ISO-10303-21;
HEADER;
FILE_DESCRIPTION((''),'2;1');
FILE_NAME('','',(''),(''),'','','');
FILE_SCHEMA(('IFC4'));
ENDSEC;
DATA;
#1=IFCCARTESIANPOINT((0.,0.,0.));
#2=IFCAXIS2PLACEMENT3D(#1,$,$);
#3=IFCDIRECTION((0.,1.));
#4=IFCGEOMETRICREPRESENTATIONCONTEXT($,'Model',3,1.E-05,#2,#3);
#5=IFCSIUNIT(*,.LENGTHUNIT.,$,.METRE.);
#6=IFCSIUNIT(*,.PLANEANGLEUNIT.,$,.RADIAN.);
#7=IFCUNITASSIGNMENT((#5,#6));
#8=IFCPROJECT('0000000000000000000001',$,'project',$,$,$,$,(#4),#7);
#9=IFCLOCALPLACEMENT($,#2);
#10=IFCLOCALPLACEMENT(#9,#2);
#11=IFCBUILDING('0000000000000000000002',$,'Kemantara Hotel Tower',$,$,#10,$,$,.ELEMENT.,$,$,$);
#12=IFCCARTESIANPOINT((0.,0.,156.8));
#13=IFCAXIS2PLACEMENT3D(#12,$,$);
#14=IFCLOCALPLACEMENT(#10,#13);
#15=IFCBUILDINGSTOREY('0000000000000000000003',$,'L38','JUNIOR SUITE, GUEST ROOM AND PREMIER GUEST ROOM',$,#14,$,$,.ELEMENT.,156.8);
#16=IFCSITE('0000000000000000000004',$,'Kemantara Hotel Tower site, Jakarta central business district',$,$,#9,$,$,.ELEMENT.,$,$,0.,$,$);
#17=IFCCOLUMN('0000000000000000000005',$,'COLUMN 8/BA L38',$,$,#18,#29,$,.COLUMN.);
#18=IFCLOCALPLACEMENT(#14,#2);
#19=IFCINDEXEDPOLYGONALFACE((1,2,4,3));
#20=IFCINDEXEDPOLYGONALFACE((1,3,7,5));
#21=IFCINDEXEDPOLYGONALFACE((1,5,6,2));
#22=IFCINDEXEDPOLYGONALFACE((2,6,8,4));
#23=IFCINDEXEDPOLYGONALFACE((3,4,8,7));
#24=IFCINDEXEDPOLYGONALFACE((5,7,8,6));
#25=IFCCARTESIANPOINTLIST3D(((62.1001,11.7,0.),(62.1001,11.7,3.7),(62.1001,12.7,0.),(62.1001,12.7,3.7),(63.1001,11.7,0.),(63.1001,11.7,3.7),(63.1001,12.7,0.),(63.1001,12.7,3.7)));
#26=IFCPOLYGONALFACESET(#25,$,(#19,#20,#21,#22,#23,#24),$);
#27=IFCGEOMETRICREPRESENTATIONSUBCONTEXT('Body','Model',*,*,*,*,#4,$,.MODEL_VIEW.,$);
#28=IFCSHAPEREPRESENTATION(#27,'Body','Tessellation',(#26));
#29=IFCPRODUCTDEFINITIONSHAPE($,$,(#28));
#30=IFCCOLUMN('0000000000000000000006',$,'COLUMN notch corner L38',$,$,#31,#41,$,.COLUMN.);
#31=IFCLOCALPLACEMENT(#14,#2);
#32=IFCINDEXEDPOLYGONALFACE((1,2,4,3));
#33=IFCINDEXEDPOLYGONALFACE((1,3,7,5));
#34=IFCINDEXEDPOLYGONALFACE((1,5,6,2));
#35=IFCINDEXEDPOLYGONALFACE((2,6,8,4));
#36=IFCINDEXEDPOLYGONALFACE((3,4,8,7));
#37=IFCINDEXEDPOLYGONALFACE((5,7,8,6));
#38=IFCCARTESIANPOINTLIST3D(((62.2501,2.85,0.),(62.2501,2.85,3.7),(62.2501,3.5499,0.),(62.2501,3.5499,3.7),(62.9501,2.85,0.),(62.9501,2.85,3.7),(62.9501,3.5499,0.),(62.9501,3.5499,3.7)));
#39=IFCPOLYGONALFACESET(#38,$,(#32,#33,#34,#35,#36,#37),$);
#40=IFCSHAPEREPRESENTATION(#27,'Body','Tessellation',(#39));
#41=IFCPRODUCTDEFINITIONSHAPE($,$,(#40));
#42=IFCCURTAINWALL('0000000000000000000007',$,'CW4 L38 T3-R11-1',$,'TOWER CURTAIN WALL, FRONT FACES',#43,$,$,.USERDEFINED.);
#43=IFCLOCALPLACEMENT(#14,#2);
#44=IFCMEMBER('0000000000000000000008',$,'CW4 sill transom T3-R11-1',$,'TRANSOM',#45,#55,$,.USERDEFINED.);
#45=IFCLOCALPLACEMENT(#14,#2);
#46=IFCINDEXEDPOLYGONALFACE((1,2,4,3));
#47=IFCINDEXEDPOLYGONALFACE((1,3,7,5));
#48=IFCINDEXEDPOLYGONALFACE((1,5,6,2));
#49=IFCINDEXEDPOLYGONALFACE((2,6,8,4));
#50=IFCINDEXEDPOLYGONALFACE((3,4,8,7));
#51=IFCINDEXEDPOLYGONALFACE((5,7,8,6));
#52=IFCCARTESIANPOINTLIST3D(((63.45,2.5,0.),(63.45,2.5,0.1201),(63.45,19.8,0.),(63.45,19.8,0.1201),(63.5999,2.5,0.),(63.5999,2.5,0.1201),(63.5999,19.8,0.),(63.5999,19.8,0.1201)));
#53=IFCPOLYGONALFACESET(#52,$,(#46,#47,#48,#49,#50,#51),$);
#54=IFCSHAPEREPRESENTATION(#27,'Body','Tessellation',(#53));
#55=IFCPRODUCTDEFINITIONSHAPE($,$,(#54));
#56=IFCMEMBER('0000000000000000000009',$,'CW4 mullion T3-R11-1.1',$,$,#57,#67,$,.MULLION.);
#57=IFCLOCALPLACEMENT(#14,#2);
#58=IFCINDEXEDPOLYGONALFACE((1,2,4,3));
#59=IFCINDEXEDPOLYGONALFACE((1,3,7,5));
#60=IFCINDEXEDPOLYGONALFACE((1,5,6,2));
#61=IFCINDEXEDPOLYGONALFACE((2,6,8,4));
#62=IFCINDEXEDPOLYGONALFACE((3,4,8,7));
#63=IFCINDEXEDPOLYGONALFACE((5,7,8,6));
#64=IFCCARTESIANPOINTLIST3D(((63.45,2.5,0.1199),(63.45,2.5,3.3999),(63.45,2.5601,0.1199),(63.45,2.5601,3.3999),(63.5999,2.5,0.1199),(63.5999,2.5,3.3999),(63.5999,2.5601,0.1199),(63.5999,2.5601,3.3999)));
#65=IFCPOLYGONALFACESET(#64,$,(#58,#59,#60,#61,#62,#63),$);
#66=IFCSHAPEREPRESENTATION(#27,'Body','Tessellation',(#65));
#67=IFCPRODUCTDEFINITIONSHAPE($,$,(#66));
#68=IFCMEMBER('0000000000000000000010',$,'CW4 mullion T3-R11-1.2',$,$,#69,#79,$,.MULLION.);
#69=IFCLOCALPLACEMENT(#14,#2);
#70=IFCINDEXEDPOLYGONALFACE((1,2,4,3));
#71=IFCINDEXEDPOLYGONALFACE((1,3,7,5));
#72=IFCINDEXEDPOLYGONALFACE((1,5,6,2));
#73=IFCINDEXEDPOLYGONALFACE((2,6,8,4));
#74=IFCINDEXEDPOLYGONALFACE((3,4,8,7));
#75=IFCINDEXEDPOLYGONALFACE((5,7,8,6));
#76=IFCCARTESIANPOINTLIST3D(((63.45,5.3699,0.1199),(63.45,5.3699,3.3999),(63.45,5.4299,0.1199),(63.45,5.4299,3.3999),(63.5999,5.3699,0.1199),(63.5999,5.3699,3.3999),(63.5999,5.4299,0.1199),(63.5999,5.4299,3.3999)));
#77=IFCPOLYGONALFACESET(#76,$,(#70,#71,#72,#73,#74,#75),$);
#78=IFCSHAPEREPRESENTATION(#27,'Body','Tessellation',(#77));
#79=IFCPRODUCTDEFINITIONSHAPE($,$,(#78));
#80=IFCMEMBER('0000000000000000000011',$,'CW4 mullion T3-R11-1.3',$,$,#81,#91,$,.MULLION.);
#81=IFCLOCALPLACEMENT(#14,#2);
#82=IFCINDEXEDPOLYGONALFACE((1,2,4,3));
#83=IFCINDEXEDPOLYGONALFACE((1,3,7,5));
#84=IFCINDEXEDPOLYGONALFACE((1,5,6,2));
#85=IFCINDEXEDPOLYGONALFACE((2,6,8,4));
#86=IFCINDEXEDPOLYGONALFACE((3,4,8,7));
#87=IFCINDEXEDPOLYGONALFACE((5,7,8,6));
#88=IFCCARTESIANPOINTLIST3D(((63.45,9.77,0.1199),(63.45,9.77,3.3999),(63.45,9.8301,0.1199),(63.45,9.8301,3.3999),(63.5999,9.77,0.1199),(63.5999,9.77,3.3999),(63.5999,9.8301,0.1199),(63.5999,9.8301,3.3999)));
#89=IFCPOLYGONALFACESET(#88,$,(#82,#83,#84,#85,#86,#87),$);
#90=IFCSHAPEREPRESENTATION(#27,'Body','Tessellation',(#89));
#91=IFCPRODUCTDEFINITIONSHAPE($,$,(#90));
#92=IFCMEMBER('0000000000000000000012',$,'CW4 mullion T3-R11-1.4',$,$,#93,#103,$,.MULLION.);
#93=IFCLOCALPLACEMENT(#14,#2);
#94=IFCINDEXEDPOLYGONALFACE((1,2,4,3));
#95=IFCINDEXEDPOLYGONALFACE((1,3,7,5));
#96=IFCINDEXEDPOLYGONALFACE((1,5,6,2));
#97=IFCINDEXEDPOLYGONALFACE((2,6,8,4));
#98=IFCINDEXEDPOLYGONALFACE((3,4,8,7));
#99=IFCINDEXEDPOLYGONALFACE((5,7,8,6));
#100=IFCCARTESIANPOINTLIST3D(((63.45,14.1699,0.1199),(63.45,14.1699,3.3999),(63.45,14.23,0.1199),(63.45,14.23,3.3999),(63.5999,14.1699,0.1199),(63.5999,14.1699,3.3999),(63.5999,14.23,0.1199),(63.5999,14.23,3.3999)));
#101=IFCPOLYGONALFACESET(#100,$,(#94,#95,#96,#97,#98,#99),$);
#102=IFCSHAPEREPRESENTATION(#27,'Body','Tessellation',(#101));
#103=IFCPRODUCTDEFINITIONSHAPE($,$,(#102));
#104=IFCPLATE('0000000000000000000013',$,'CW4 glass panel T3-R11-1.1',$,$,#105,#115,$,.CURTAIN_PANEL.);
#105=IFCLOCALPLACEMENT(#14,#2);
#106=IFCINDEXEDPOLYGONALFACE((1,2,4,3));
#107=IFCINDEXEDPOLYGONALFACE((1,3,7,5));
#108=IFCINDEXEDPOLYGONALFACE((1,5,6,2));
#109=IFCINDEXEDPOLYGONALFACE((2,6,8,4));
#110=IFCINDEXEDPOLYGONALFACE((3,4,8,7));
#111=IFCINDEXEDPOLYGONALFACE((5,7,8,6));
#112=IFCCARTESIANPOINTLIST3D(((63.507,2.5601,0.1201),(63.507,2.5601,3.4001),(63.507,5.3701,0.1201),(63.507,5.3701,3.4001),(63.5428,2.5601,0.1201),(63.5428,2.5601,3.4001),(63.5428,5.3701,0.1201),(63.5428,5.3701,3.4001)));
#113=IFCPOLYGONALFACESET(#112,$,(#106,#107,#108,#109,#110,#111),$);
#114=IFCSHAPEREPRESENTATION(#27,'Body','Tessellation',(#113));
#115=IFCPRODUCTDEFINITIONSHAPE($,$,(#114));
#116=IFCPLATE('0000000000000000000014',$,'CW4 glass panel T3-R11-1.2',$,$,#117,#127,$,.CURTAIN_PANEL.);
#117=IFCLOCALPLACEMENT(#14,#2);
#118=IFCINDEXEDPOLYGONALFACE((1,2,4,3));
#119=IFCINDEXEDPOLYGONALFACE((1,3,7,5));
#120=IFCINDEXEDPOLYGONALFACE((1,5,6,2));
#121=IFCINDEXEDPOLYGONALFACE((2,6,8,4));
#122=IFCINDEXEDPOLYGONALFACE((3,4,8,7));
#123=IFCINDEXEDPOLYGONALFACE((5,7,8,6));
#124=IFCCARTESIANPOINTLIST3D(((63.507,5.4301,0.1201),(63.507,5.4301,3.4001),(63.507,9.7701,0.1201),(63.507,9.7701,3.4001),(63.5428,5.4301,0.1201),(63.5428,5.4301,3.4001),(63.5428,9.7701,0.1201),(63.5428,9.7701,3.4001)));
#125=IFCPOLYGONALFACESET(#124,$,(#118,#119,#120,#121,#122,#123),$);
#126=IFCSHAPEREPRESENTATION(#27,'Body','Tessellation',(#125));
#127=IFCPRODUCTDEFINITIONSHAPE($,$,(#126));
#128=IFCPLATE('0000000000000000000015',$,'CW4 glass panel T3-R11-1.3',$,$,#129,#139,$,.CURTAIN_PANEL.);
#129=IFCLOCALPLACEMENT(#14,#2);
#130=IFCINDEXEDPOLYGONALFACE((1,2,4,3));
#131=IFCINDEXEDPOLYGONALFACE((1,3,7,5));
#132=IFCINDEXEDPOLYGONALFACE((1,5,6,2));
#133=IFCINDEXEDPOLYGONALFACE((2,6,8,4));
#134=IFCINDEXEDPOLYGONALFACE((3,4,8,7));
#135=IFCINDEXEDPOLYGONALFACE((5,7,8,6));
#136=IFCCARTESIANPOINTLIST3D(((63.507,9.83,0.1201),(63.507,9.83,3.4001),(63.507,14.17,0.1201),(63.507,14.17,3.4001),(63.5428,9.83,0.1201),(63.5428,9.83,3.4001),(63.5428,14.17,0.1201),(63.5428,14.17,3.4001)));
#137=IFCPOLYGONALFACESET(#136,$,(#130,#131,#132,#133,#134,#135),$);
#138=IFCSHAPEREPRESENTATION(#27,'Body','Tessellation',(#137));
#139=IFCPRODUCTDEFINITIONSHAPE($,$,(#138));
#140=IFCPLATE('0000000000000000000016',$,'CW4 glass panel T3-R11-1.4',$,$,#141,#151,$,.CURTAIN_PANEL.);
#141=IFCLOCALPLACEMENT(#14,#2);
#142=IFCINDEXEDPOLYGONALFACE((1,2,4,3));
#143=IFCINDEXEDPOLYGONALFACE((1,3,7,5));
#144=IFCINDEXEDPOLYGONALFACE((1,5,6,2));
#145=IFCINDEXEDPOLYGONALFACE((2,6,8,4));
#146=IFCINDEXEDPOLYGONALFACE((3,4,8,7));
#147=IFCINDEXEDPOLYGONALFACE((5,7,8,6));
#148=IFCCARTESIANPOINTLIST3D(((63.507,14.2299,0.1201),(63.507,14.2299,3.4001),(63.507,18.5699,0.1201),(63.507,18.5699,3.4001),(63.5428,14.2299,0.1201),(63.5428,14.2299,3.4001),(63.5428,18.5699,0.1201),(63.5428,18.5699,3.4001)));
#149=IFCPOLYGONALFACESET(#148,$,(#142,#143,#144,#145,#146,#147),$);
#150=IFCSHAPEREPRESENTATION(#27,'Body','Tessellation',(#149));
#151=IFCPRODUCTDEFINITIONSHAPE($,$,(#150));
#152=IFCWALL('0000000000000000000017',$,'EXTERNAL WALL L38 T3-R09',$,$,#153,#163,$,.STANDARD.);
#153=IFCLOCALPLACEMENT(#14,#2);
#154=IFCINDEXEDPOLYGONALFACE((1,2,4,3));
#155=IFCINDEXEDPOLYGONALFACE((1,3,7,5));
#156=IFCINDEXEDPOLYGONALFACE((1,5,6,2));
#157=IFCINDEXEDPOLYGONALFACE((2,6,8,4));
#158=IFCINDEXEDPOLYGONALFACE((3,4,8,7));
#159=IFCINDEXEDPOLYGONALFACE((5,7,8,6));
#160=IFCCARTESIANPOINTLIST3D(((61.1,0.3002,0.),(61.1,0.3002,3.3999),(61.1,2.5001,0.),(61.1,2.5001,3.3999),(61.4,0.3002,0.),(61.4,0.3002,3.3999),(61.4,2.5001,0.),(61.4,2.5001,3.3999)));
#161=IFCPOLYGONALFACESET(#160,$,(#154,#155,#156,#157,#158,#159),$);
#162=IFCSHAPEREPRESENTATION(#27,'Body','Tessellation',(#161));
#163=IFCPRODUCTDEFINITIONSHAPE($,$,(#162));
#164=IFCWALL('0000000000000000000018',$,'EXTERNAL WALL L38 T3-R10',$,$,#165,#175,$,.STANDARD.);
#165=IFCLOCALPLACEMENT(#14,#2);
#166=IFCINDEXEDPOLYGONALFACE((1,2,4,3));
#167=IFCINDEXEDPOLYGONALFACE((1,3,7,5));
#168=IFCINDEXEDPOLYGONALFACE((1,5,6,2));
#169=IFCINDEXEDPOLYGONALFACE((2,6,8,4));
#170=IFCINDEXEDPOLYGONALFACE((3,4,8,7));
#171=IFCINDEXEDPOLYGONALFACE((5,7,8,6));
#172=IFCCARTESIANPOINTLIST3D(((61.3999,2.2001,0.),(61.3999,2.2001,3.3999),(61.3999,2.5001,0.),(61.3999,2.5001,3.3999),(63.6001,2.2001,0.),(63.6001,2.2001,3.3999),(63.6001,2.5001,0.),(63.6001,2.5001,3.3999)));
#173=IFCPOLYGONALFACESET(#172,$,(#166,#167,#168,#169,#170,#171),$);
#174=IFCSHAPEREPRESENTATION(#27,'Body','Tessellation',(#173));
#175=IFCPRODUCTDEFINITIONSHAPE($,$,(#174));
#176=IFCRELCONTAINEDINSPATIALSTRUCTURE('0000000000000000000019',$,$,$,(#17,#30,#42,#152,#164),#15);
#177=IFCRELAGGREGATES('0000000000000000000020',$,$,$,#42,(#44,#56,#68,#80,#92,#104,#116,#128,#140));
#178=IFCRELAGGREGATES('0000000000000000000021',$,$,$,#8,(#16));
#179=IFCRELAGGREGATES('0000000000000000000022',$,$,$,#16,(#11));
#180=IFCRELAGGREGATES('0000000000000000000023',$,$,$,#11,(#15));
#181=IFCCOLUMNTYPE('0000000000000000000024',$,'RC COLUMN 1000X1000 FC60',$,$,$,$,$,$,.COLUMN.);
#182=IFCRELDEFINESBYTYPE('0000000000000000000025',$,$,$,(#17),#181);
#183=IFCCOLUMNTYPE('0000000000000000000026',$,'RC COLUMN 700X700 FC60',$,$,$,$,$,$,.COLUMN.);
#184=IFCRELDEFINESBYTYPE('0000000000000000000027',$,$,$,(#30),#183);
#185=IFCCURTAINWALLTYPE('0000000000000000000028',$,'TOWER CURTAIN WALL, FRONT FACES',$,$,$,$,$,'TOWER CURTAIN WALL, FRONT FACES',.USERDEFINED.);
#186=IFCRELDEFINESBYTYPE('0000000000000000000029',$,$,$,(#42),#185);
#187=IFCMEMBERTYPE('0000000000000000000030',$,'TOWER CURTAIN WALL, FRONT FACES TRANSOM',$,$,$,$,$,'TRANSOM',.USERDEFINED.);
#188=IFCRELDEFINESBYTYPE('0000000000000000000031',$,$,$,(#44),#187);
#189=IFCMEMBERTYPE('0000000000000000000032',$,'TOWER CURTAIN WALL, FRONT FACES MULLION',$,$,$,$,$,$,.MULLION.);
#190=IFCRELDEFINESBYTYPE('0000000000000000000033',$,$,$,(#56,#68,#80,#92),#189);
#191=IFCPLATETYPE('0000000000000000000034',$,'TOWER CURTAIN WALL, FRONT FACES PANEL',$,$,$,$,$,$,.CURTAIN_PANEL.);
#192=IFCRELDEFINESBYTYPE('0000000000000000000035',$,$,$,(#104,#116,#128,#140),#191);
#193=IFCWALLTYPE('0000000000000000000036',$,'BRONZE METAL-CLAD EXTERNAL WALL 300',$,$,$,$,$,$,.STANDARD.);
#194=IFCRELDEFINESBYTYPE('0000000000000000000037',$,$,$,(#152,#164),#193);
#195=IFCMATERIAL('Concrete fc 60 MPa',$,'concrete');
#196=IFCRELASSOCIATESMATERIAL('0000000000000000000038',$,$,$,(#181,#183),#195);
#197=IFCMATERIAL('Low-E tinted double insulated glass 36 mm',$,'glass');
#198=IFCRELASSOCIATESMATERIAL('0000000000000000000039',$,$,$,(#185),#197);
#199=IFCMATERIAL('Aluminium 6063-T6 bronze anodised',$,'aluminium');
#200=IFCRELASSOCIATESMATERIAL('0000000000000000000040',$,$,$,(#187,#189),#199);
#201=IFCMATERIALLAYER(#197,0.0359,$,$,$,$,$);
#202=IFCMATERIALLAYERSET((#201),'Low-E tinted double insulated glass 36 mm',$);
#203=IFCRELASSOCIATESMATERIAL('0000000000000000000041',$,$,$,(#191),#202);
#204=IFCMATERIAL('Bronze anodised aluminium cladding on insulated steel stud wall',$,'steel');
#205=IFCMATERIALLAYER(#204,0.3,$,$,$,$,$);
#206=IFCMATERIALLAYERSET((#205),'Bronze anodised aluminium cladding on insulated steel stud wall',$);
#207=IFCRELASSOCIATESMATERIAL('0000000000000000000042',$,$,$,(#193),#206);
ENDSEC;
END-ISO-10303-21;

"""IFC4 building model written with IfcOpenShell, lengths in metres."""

from ifc_helpers import new_model, si_unit, direction, frame, frame_2d, origin, origin_2d, place, context, subcontext, project, spatial, rectangle, extrude, source, transform, mapped, material, layer, layer_set, material_profile, profile_set, type_object, element, aggregate, save


model = new_model("IFC4")

# Units and contexts
model_context = context("Model", 3, precision=1e-05, world=origin(), true_north=direction((0.0, 1.0)))
body_context = subcontext(model_context, "Body", "Model", "MODEL_VIEW")
ifc_project = project(units=[si_unit("LENGTHUNIT", "METRE"), si_unit("PLANEANGLEUNIT", "RADIAN")], contexts=[model_context])

# Site, building, storey
site_placement = place(None, origin())
site = spatial("IfcSite", under=ifc_project, at=site_placement, Name="Kemantara Hotel Tower site, Jakarta central business district", CompositionType="ELEMENT", RefElevation=0.0)
building_placement = place(site_placement, origin())
building = spatial("IfcBuilding", under=site, at=building_placement, Name="Kemantara Hotel Tower", CompositionType="ELEMENT")
storey_placement = place(building_placement, frame((0.0, 0.0, 156.8)))
storey = spatial("IfcBuildingStorey", under=building, at=storey_placement, Name="L38", Description="JUNIOR SUITE, GUEST ROOM AND PREMIER GUEST ROOM", CompositionType="ELEMENT", Elevation=156.8)

# Columns
ifc_material_1 = material(Name="Concrete fc 60 MPa", Category="concrete")
ifc_material_profile_1 = material_profile(ifc_material_1, rectangle(XDim=1.0, YDim=1.0, at=origin_2d()), Name="RC 1000X1000")
ifc_profile_set_1 = profile_set([ifc_material_profile_1], Name="Concrete fc 60 MPa")
column_type_1 = type_object("IfcColumnType", Name="RC COLUMN 1000X1000 FC60", PredefinedType="COLUMN", material=ifc_profile_set_1)
column_1_placement = place(storey_placement, frame((62.6001, 12.2, 0.0), z_axis=(0.0, 0.0, 1.0), x_axis=(1.0, 0.0, 0.0)))
element("IfcColumn", 1, at=column_1_placement, inside=storey, type_object=column_type_1, Name="COLUMN 8/BA L38", PredefinedType="COLUMN", context=body_context, shape_type="SweptSolid", body=[
    extrude(rectangle(XDim=1.0, YDim=1.0, at=origin_2d()), origin(), (0.0, 0.0, 1.0), 3.7),
])
ifc_material_profile_2 = material_profile(ifc_material_1, rectangle(XDim=0.7, YDim=0.7, at=origin_2d()), Name="RC 700X700")
ifc_profile_set_2 = profile_set([ifc_material_profile_2], Name="Concrete fc 60 MPa")
column_type_2 = type_object("IfcColumnType", Name="RC COLUMN 700X700 FC60", PredefinedType="COLUMN", material=ifc_profile_set_2)
column_2_placement = place(storey_placement, frame((62.6001, 3.2, 0.0), z_axis=(0.0, 0.0, 1.0), x_axis=(1.0, 0.0, 0.0)))
element("IfcColumn", 2, at=column_2_placement, inside=storey, type_object=column_type_2, Name="COLUMN notch corner L38", PredefinedType="COLUMN", context=body_context, shape_type="SweptSolid", body=[
    extrude(rectangle(XDim=0.7, YDim=0.7, at=origin_2d()), origin(), (0.0, 0.0, 1.0), 3.7),
])

# Curtain wall, members, plates
ifc_material_2 = material(Name="Low-E tinted double insulated glass 36 mm", Category="glass")
curtain_wall_type = type_object("IfcCurtainWallType", Name="TOWER CURTAIN WALL, FRONT FACES", ElementType="TOWER CURTAIN WALL, FRONT FACES", PredefinedType="USERDEFINED", material=ifc_material_2)
curtain_wall_placement = place(storey_placement, origin())
curtain_wall = element("IfcCurtainWall", 3, at=curtain_wall_placement, inside=storey, type_object=curtain_wall_type, Name="CW4 L38 T3-R11-1", ObjectType="TOWER CURTAIN WALL, FRONT FACES", PredefinedType="USERDEFINED")
ifc_material_3 = material(Name="Aluminium 6063-T6 bronze anodised", Category="aluminium")
ifc_material_profile_3 = material_profile(ifc_material_3, rectangle(XDim=0.1499, YDim=0.1201, at=origin_2d()), Name="TOWER CURTAIN WALL, FRONT FACES TRANSOM")
ifc_profile_set_3 = profile_set([ifc_material_profile_3], Name="Aluminium 6063-T6 bronze anodised")
member_type_1 = type_object("IfcMemberType", Name="TOWER CURTAIN WALL, FRONT FACES TRANSOM", ElementType="TRANSOM", PredefinedType="USERDEFINED", material=ifc_profile_set_3)
member_1_placement = place(storey_placement, frame((63.5249, 2.5, 0.0601), z_axis=(0.0, 1.0, 0.0), x_axis=(-1.0, 0.0, 0.0)))
member_1 = element("IfcMember", 4, at=member_1_placement, type_object=member_type_1, Name="CW4 sill transom T3-R11-1", ObjectType="TRANSOM", PredefinedType="USERDEFINED", context=body_context, shape_type="SweptSolid", body=[
    extrude(rectangle(XDim=0.1499, YDim=0.1201, at=origin_2d()), origin(), (0.0, 0.0, 1.0), 17.3),
])
ifc_material_profile_4 = material_profile(ifc_material_3, rectangle(XDim=0.1499, YDim=0.0601, at=origin_2d()), Name="TOWER CURTAIN WALL, FRONT FACES MULLION")
ifc_profile_set_4 = profile_set([ifc_material_profile_4], Name="Aluminium 6063-T6 bronze anodised")
member_type_2 = type_object("IfcMemberType", Name="TOWER CURTAIN WALL, FRONT FACES MULLION", PredefinedType="MULLION", material=ifc_profile_set_4)
shared_shape_1 = source(origin(), body_context, "Body", "SweptSolid", [
    extrude(rectangle(XDim=0.1499, YDim=0.0601, at=origin_2d()), origin(), (0.0, 0.0, 1.0), 3.28),
])
member_2_placement = place(storey_placement, frame((63.5249, 2.53, 0.1199), z_axis=(0.0, 0.0, 1.0), x_axis=(-1.0, 0.0, 0.0)))
member_2 = element("IfcMember", 5, at=member_2_placement, type_object=member_type_2, Name="CW4 mullion T3-R11-1.1", PredefinedType="MULLION", context=body_context, shape_type="MappedRepresentation", body=[
    mapped(shared_shape_1, transform((0.0, 0.0, 0.0))),
])
member_3_placement = place(storey_placement, frame((63.5249, 5.3999, 0.1199), z_axis=(0.0, 0.0, 1.0), x_axis=(-1.0, 0.0, 0.0)))
member_3 = element("IfcMember", 6, at=member_3_placement, type_object=member_type_2, Name="CW4 mullion T3-R11-1.2", PredefinedType="MULLION", context=body_context, shape_type="MappedRepresentation", body=[
    mapped(shared_shape_1, transform((0.0, 0.0, 0.0))),
])
member_4_placement = place(storey_placement, frame((63.5249, 9.8, 0.1199), z_axis=(0.0, 0.0, 1.0), x_axis=(-1.0, 0.0, 0.0)))
member_4 = element("IfcMember", 7, at=member_4_placement, type_object=member_type_2, Name="CW4 mullion T3-R11-1.3", PredefinedType="MULLION", context=body_context, shape_type="MappedRepresentation", body=[
    mapped(shared_shape_1, transform((0.0, 0.0, 0.0))),
])
member_5_placement = place(storey_placement, frame((63.5249, 14.2, 0.1199), z_axis=(0.0, 0.0, 1.0), x_axis=(-1.0, 0.0, 0.0)))
member_5 = element("IfcMember", 8, at=member_5_placement, type_object=member_type_2, Name="CW4 mullion T3-R11-1.4", PredefinedType="MULLION", context=body_context, shape_type="MappedRepresentation", body=[
    mapped(shared_shape_1, transform((0.0, 0.0, 0.0))),
])
ifc_layer_1 = layer(ifc_material_2, 0.0359)
ifc_layer_set_1 = layer_set([ifc_layer_1], Name="Low-E tinted double insulated glass 36 mm")
plate_type = type_object("IfcPlateType", Name="TOWER CURTAIN WALL, FRONT FACES PANEL", PredefinedType="CURTAIN_PANEL", material=ifc_layer_set_1)
shared_shape_2 = source(origin(), body_context, "Body", "SweptSolid", [
    extrude(rectangle(XDim=2.8101, YDim=0.0359, at=origin_2d()), origin(), (0.0, 0.0, 1.0), 3.28),
])
plate_1_placement = place(storey_placement, frame((63.5249, 3.9651, 0.1201), z_axis=(0.0, 0.0, 1.0), x_axis=(0.0, 1.0, 0.0)))
plate_1 = element("IfcPlate", 9, at=plate_1_placement, type_object=plate_type, Name="CW4 glass panel T3-R11-1.1", PredefinedType="CURTAIN_PANEL", context=body_context, shape_type="MappedRepresentation", body=[
    mapped(shared_shape_2, transform((0.0, 0.0, 0.0))),
])
shared_shape_3 = source(origin(), body_context, "Body", "SweptSolid", [
    extrude(rectangle(XDim=4.3401, YDim=0.0359, at=origin_2d()), origin(), (0.0, 0.0, 1.0), 3.28),
])
plate_2_placement = place(storey_placement, frame((63.5249, 7.6001, 0.1201), z_axis=(0.0, 0.0, 1.0), x_axis=(0.0, 1.0, 0.0)))
plate_2 = element("IfcPlate", 10, at=plate_2_placement, type_object=plate_type, Name="CW4 glass panel T3-R11-1.2", PredefinedType="CURTAIN_PANEL", context=body_context, shape_type="MappedRepresentation", body=[
    mapped(shared_shape_3, transform((0.0, 0.0, 0.0))),
])
plate_3_placement = place(storey_placement, frame((63.5249, 12.0, 0.1201), z_axis=(0.0, 0.0, 1.0), x_axis=(0.0, 1.0, 0.0)))
plate_3 = element("IfcPlate", 11, at=plate_3_placement, type_object=plate_type, Name="CW4 glass panel T3-R11-1.3", PredefinedType="CURTAIN_PANEL", context=body_context, shape_type="MappedRepresentation", body=[
    mapped(shared_shape_3, transform((0.0, 0.0, 0.0))),
])
plate_4_placement = place(storey_placement, frame((63.5249, 16.3999, 0.1201), z_axis=(0.0, 0.0, 1.0), x_axis=(0.0, 1.0, 0.0)))
plate_4 = element("IfcPlate", 12, at=plate_4_placement, type_object=plate_type, Name="CW4 glass panel T3-R11-1.4", PredefinedType="CURTAIN_PANEL", context=body_context, shape_type="MappedRepresentation", body=[
    mapped(shared_shape_3, transform((0.0, 0.0, 0.0))),
])
aggregate(curtain_wall, [member_1, member_2, member_3, member_4, member_5, plate_1, plate_2, plate_3, plate_4])

# Walls
ifc_material_4 = material(Name="Bronze anodised aluminium cladding on insulated steel stud wall", Category="steel")
ifc_layer_2 = layer(ifc_material_4, 0.3)
ifc_layer_set_2 = layer_set([ifc_layer_2], Name="Bronze anodised aluminium cladding on insulated steel stud wall")
wall_type_1 = type_object("IfcWallType", Name="BRONZE METAL-CLAD EXTERNAL WALL 300", PredefinedType="STANDARD", material=ifc_layer_set_2)
wall_1_placement = place(storey_placement, frame((61.25, 0.3, 0.0), z_axis=(0.0, 0.0, 1.0), x_axis=(0.0, 1.0, 0.0)))
element("IfcWall", 13, at=wall_1_placement, inside=storey, type_object=wall_type_1, Name="EXTERNAL WALL L38 T3-R09", PredefinedType="STANDARD", context=body_context, shape_type="SweptSolid", body=[
    extrude(rectangle(XDim=2.2, YDim=0.3, at=frame_2d((1.1001, 0.0))), origin(), (0.0, 0.0, 1.0), 3.3999),
])
wall_2_placement = place(storey_placement, frame((61.3999, 2.3501, 0.0), z_axis=(0.0, 0.0, 1.0), x_axis=(1.0, 0.0, 0.0)))
element("IfcWall", 14, at=wall_2_placement, inside=storey, type_object=wall_type_1, Name="EXTERNAL WALL L38 T3-R10", PredefinedType="STANDARD", context=body_context, shape_type="SweptSolid", body=[
    extrude(rectangle(XDim=2.2002, YDim=0.3, at=frame_2d((1.1001, 0.0))), origin(), (0.0, 0.0, 1.0), 3.3999),
])

save(model, "model.ifc")
